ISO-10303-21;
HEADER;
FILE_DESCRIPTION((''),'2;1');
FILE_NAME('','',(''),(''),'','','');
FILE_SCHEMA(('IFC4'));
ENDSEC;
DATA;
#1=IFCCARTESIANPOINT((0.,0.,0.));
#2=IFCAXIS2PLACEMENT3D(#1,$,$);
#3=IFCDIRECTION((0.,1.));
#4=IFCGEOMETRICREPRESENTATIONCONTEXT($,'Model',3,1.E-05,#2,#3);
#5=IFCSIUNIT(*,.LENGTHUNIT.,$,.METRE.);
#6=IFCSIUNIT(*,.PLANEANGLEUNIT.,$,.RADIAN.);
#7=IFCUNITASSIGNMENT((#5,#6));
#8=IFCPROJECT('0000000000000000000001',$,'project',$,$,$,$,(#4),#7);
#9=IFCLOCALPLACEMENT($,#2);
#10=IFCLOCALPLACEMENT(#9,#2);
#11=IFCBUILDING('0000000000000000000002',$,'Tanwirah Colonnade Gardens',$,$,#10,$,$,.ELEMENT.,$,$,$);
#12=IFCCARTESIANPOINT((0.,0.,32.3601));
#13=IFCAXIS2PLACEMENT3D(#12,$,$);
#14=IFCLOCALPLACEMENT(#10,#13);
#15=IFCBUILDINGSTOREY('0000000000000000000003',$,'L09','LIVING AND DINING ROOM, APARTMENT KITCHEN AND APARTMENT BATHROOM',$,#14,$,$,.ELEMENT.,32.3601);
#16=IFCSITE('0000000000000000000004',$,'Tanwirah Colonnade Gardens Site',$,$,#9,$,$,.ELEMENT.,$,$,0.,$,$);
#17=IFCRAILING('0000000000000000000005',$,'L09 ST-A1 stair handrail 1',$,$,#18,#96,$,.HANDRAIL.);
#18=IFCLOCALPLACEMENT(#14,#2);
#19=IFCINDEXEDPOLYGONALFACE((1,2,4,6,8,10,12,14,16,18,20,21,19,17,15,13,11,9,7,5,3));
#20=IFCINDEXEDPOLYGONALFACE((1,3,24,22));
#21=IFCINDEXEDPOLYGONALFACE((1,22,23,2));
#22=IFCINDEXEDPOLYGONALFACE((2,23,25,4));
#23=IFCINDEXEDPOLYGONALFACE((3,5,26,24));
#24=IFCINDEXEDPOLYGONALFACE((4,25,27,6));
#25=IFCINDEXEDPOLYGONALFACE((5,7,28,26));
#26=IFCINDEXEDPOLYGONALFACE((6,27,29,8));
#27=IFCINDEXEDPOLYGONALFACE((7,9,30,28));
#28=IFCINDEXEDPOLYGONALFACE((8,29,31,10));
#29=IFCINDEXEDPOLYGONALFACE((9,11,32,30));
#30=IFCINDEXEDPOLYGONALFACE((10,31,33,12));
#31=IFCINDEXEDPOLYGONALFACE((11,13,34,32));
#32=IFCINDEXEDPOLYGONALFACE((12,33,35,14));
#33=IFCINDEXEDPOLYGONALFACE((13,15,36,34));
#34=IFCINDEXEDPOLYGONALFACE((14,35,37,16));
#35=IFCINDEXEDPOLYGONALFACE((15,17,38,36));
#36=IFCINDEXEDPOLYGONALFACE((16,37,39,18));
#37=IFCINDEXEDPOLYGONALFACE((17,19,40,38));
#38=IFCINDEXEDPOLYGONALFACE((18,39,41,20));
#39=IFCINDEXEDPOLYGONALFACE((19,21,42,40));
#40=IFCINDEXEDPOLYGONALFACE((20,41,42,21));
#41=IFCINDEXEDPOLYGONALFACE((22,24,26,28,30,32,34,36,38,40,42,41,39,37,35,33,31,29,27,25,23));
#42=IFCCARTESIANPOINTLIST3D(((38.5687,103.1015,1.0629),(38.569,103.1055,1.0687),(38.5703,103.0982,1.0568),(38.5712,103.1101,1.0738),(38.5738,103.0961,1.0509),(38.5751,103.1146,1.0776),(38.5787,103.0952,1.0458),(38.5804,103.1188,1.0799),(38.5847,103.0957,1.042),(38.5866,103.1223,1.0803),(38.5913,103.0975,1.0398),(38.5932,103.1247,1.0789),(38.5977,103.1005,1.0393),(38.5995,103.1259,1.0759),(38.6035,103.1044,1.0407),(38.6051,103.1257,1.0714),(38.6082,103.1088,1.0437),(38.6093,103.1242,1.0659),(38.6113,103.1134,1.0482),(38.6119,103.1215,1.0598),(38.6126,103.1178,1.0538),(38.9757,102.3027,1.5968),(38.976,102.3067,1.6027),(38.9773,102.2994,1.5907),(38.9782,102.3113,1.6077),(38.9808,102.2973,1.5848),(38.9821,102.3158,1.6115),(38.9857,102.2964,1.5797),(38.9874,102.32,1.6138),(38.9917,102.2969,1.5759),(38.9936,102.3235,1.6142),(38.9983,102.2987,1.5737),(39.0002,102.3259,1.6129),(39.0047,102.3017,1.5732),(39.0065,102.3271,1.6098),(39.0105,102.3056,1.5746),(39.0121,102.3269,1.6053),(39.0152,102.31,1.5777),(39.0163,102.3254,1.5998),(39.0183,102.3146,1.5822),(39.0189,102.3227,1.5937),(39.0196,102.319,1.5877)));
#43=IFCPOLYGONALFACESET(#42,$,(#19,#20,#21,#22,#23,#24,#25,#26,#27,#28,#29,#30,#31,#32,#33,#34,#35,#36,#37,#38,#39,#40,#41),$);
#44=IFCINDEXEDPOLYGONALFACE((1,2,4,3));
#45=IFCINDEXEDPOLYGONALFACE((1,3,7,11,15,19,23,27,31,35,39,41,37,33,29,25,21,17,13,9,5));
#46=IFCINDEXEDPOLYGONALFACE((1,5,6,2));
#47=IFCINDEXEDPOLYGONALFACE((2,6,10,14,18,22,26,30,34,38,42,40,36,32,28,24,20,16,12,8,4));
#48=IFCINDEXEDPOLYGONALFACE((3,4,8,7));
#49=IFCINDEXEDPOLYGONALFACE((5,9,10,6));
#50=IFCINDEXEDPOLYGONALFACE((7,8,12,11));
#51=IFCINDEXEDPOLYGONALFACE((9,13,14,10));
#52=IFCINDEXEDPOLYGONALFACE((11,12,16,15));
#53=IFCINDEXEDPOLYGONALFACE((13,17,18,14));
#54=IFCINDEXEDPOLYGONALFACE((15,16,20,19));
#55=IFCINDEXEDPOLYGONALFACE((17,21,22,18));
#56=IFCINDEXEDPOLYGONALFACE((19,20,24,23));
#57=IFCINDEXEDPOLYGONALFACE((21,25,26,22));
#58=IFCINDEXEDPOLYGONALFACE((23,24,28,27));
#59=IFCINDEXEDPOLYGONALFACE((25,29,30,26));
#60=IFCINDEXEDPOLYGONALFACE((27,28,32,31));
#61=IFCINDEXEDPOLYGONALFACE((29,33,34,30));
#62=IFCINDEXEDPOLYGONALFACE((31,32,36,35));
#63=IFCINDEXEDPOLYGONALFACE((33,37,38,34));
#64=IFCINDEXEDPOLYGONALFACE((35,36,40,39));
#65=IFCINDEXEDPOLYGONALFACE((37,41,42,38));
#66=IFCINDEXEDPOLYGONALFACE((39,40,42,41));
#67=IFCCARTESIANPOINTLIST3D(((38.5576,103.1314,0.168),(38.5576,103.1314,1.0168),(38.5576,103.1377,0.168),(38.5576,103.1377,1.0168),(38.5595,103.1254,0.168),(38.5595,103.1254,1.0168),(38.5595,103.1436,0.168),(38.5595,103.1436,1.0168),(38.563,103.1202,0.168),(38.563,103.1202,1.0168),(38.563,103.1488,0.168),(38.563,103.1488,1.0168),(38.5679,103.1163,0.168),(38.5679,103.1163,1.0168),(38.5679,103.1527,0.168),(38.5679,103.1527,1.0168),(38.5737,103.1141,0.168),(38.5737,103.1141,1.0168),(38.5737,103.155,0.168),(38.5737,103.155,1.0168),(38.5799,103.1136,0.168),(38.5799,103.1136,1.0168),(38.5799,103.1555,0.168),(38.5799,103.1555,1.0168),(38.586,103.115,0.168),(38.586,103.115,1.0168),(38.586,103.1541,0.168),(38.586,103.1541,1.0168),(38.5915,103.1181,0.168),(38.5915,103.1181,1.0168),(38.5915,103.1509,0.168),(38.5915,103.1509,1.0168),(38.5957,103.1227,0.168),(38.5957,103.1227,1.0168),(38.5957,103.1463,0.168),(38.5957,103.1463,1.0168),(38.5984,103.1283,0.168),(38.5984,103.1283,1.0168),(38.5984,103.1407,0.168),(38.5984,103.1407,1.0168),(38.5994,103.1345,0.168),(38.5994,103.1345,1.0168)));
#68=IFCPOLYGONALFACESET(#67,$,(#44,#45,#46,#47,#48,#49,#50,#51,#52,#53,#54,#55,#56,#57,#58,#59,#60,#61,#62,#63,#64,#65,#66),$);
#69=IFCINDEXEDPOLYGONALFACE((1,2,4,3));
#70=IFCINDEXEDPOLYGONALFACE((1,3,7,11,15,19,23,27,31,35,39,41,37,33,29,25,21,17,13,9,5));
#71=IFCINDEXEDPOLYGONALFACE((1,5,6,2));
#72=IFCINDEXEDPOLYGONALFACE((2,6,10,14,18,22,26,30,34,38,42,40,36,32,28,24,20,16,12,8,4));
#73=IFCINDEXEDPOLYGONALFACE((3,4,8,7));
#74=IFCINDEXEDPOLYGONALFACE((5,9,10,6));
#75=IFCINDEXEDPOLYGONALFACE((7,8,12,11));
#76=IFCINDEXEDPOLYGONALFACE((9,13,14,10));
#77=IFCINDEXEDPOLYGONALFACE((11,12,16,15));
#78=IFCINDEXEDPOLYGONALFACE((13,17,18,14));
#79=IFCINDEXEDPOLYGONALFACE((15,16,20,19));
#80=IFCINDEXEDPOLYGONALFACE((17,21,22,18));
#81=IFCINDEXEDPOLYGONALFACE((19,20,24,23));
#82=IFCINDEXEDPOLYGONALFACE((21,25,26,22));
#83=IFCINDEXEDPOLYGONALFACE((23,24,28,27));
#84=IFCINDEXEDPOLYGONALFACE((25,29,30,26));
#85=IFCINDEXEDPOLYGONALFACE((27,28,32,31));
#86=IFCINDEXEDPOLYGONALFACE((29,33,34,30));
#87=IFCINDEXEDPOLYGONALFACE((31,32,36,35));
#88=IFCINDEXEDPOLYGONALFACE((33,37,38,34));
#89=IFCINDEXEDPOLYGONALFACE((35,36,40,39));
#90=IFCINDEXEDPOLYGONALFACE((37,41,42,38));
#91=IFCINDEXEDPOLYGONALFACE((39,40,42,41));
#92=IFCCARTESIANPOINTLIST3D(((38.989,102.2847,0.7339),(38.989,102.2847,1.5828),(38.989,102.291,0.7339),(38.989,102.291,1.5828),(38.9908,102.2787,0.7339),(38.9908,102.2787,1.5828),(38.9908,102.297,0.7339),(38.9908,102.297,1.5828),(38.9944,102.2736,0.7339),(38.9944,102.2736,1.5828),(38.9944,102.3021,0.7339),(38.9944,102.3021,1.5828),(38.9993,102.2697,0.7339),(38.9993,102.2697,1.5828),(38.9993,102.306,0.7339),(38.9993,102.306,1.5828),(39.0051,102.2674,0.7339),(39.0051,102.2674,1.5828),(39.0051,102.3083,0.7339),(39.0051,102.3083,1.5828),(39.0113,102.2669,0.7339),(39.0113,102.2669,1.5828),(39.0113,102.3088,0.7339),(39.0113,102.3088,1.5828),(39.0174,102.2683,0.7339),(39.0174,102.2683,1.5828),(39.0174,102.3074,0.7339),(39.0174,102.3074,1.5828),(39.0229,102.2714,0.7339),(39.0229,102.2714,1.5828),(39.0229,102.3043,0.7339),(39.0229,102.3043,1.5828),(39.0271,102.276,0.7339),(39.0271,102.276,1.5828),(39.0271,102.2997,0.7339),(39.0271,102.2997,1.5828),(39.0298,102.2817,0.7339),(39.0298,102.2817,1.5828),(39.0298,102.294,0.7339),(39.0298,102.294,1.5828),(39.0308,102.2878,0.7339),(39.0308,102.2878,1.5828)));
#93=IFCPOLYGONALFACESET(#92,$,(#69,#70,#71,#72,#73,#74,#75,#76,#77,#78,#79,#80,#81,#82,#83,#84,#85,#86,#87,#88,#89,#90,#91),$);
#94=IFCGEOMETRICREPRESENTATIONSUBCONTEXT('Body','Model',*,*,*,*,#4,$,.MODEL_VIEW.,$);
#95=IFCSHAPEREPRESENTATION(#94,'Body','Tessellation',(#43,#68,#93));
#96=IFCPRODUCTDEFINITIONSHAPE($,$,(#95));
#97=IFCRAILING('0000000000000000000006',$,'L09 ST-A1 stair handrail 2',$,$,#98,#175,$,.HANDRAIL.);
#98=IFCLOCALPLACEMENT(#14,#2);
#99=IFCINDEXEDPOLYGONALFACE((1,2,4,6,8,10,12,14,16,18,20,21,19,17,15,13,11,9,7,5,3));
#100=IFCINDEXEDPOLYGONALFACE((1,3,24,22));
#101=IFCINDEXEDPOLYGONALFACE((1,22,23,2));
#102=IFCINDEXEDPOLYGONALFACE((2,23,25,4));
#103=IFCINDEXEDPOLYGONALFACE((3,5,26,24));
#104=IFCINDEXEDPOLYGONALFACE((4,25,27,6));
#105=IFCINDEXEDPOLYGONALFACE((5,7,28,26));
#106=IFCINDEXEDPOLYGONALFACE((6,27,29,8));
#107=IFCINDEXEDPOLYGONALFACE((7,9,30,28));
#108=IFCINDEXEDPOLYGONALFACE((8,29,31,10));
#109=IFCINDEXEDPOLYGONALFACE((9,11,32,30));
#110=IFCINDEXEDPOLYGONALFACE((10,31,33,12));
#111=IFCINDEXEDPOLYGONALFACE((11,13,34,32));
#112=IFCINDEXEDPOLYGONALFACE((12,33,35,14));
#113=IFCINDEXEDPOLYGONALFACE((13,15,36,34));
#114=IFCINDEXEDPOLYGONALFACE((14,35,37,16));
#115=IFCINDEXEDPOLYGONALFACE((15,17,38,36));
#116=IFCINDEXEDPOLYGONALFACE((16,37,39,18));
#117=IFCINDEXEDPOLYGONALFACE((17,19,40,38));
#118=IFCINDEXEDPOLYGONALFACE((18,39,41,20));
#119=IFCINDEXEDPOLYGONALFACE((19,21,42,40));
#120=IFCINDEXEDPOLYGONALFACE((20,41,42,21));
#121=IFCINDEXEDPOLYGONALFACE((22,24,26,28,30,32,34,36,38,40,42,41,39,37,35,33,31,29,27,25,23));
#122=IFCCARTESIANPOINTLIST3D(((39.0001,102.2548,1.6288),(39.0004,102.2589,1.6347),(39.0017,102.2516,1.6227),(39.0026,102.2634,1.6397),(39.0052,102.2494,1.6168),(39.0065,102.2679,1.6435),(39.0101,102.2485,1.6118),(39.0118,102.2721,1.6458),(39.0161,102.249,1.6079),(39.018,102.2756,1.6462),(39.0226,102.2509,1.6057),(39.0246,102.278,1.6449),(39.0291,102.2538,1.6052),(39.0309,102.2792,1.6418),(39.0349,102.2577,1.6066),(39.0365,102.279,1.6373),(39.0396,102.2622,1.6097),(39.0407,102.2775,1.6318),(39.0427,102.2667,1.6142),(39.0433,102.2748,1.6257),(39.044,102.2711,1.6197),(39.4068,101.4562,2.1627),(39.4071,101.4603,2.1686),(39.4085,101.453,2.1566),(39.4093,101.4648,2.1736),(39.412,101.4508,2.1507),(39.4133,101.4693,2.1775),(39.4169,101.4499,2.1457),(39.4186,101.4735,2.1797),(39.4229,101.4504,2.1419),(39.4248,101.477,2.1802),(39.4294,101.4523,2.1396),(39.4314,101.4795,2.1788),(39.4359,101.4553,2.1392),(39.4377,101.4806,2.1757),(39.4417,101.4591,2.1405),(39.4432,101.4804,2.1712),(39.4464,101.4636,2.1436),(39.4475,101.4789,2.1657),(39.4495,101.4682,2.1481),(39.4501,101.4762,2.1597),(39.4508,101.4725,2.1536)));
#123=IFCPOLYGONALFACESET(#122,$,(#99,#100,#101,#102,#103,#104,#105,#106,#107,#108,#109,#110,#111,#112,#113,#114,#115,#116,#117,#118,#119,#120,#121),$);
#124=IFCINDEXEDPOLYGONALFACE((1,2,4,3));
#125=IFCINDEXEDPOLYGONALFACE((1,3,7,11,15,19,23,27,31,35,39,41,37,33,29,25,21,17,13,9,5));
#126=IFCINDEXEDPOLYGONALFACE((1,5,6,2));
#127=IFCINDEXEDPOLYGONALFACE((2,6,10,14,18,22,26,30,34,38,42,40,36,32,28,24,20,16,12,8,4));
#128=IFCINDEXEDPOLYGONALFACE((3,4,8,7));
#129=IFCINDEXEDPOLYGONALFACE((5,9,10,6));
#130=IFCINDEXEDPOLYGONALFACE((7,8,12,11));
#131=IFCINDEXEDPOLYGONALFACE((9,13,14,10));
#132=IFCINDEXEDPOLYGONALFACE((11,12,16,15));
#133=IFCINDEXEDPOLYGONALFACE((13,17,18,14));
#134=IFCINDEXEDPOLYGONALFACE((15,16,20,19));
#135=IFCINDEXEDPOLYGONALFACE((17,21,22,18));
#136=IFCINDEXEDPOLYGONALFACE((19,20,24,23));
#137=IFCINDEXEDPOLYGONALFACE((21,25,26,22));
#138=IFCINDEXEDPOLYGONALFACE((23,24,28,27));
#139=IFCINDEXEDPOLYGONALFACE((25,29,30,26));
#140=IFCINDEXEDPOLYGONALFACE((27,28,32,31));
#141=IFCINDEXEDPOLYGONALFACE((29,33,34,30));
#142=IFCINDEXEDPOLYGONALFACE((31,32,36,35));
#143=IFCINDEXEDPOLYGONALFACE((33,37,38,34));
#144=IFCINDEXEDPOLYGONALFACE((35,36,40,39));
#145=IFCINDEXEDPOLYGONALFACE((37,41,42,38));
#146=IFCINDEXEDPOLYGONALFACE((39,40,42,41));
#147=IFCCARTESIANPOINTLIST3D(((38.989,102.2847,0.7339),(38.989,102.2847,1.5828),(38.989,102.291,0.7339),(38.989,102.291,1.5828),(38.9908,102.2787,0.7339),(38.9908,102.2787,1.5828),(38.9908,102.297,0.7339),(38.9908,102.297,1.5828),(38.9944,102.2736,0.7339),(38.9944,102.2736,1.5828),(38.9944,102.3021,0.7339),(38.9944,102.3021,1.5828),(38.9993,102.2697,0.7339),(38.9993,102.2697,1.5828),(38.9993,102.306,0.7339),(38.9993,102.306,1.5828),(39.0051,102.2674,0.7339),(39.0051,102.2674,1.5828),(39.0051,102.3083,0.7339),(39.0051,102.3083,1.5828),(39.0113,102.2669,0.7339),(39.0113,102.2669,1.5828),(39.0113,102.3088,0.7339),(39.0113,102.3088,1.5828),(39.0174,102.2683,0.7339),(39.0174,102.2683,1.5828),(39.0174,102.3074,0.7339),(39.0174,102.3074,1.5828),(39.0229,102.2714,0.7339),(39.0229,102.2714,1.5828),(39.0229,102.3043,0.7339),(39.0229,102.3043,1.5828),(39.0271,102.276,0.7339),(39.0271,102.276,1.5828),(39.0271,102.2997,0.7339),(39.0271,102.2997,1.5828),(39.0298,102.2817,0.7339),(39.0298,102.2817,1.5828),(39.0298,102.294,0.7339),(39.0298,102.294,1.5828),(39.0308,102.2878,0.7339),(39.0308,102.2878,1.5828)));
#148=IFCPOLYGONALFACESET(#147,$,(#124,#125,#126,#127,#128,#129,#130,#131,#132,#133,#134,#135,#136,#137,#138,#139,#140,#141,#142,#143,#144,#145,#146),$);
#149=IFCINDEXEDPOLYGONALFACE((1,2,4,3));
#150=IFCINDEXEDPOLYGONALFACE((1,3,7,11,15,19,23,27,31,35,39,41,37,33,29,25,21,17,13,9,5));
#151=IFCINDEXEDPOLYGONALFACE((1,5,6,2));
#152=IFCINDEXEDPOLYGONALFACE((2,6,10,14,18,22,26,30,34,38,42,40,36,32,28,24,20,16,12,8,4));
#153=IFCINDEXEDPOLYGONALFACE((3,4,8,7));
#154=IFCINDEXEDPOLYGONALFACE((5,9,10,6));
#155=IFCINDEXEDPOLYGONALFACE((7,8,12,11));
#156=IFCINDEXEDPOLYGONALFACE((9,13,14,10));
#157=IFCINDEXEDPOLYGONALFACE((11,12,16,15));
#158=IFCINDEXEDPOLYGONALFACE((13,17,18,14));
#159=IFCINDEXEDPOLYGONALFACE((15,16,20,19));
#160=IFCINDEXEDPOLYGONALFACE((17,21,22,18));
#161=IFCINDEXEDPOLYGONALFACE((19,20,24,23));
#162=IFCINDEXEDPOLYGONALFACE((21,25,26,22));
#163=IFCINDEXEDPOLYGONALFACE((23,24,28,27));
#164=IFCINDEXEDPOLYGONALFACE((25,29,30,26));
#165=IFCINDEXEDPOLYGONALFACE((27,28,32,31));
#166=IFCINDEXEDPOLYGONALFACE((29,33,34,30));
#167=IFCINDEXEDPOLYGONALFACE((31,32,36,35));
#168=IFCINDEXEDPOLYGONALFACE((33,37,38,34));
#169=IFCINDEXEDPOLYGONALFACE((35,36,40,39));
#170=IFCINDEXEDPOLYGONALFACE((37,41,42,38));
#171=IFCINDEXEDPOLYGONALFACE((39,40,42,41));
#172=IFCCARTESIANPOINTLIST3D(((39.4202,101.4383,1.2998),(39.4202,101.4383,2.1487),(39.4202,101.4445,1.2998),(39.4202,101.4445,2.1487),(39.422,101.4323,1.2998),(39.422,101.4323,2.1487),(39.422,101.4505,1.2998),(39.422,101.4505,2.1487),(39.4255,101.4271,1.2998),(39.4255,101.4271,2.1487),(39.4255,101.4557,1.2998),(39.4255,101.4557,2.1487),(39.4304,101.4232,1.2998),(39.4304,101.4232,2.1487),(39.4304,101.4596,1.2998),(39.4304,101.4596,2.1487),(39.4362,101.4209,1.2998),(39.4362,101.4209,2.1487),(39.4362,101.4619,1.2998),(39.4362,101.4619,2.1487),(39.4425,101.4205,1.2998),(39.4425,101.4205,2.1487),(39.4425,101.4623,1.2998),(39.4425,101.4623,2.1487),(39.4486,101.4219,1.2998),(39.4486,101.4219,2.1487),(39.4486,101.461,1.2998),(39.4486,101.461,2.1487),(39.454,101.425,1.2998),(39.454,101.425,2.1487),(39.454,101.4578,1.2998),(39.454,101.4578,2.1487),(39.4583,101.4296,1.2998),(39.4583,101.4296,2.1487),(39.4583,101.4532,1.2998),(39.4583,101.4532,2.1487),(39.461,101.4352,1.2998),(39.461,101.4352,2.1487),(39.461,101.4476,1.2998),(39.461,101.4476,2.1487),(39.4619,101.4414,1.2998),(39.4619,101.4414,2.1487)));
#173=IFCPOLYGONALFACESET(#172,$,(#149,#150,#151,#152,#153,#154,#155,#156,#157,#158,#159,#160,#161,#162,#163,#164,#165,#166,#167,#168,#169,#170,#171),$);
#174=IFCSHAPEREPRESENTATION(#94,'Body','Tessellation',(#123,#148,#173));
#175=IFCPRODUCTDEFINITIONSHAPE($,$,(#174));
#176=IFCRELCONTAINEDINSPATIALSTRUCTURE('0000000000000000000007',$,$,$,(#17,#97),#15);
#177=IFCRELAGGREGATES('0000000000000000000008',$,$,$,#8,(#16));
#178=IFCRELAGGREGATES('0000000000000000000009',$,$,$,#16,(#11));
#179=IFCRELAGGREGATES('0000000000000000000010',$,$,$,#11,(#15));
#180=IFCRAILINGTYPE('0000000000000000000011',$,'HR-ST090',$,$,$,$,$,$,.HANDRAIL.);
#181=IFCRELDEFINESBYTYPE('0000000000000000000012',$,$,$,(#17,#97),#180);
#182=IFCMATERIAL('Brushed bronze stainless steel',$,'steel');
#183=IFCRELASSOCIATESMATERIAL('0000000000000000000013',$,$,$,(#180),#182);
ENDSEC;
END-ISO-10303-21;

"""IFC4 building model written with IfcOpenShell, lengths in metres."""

from ifc_helpers import new_model, si_unit, direction, frame, origin, origin_2d, place, context, subcontext, project, spatial, circle, extrude, material, type_object, element, save


model = new_model("IFC4")

# Units and contexts
model_context = context("Model", 3, precision=1e-05, world=origin(), true_north=direction((0.0, 1.0)))
body_context = subcontext(model_context, "Body", "Model", "MODEL_VIEW")
ifc_project = project(units=[si_unit("LENGTHUNIT", "METRE"), si_unit("PLANEANGLEUNIT", "RADIAN")], contexts=[model_context])

# Site, building, storey
site_placement = place(None, origin())
site = spatial("IfcSite", under=ifc_project, at=site_placement, Name="Tanwirah Colonnade Gardens Site", CompositionType="ELEMENT", RefElevation=0.0)
building_placement = place(site_placement, origin())
building = spatial("IfcBuilding", under=site, at=building_placement, Name="Tanwirah Colonnade Gardens", CompositionType="ELEMENT")
storey_placement = place(building_placement, frame((0.0, 0.0, 32.3601)))
storey = spatial("IfcBuildingStorey", under=building, at=storey_placement, Name="L09", Description="LIVING AND DINING ROOM, APARTMENT KITCHEN AND APARTMENT BATHROOM", CompositionType="ELEMENT", Elevation=32.3601)

# Railings
ifc_material_1 = material(Name="Brushed bronze stainless steel", Category="steel")
railing_type_1 = type_object("IfcRailingType", Name="HR-ST090", PredefinedType="HANDRAIL", material=ifc_material_1)
railing_1_placement = place(storey_placement, frame((38.5784, 103.1345, 0.168)))
element("IfcRailing", 1, at=railing_1_placement, inside=storey, type_object=railing_type_1, Name="L09 ST-A1 stair handrail 1", PredefinedType="HANDRAIL", context=body_context, shape_type="SweptSolid", body=[
    extrude(circle(Radius=0.0239, at=origin_2d()), frame((0.0122, -0.0239, 0.8918), z_axis=(0.390052, -0.765534, 0.511681), x_axis=(0.89101, 0.453984, 0.0)), (0.0, 0.0, 1.0), 1.0435),
    extrude(circle(Radius=0.021, at=origin_2d()), origin(), (0.0, 0.0, 1.0), 0.8489),
    extrude(circle(Radius=0.021, at=origin_2d()), frame((0.4314, -0.8467, 0.5659)), (0.0, 0.0, 1.0), 0.8489),
])
railing_2_placement = place(storey_placement, frame((39.0098, 102.2878, 0.7339)))
element("IfcRailing", 2, at=railing_2_placement, inside=storey, type_object=railing_type_1, Name="L09 ST-A1 stair handrail 2", PredefinedType="HANDRAIL", context=body_context, shape_type="SweptSolid", body=[
    extrude(circle(Radius=0.0239, at=origin_2d()), frame((0.0122, -0.0239, 0.8918), z_axis=(0.38993, -0.765509, 0.511811), x_axis=(0.891061, 0.453883, 0.0)), (0.0, 0.0, 1.0), 1.0432),
    extrude(circle(Radius=0.021, at=origin_2d()), origin(), (0.0, 0.0, 1.0), 0.8489),
    extrude(circle(Radius=0.021, at=origin_2d()), frame((0.4312, -0.8464, 0.5659)), (0.0, 0.0, 1.0), 0.8489),
])

save(model, "model.ifc")
